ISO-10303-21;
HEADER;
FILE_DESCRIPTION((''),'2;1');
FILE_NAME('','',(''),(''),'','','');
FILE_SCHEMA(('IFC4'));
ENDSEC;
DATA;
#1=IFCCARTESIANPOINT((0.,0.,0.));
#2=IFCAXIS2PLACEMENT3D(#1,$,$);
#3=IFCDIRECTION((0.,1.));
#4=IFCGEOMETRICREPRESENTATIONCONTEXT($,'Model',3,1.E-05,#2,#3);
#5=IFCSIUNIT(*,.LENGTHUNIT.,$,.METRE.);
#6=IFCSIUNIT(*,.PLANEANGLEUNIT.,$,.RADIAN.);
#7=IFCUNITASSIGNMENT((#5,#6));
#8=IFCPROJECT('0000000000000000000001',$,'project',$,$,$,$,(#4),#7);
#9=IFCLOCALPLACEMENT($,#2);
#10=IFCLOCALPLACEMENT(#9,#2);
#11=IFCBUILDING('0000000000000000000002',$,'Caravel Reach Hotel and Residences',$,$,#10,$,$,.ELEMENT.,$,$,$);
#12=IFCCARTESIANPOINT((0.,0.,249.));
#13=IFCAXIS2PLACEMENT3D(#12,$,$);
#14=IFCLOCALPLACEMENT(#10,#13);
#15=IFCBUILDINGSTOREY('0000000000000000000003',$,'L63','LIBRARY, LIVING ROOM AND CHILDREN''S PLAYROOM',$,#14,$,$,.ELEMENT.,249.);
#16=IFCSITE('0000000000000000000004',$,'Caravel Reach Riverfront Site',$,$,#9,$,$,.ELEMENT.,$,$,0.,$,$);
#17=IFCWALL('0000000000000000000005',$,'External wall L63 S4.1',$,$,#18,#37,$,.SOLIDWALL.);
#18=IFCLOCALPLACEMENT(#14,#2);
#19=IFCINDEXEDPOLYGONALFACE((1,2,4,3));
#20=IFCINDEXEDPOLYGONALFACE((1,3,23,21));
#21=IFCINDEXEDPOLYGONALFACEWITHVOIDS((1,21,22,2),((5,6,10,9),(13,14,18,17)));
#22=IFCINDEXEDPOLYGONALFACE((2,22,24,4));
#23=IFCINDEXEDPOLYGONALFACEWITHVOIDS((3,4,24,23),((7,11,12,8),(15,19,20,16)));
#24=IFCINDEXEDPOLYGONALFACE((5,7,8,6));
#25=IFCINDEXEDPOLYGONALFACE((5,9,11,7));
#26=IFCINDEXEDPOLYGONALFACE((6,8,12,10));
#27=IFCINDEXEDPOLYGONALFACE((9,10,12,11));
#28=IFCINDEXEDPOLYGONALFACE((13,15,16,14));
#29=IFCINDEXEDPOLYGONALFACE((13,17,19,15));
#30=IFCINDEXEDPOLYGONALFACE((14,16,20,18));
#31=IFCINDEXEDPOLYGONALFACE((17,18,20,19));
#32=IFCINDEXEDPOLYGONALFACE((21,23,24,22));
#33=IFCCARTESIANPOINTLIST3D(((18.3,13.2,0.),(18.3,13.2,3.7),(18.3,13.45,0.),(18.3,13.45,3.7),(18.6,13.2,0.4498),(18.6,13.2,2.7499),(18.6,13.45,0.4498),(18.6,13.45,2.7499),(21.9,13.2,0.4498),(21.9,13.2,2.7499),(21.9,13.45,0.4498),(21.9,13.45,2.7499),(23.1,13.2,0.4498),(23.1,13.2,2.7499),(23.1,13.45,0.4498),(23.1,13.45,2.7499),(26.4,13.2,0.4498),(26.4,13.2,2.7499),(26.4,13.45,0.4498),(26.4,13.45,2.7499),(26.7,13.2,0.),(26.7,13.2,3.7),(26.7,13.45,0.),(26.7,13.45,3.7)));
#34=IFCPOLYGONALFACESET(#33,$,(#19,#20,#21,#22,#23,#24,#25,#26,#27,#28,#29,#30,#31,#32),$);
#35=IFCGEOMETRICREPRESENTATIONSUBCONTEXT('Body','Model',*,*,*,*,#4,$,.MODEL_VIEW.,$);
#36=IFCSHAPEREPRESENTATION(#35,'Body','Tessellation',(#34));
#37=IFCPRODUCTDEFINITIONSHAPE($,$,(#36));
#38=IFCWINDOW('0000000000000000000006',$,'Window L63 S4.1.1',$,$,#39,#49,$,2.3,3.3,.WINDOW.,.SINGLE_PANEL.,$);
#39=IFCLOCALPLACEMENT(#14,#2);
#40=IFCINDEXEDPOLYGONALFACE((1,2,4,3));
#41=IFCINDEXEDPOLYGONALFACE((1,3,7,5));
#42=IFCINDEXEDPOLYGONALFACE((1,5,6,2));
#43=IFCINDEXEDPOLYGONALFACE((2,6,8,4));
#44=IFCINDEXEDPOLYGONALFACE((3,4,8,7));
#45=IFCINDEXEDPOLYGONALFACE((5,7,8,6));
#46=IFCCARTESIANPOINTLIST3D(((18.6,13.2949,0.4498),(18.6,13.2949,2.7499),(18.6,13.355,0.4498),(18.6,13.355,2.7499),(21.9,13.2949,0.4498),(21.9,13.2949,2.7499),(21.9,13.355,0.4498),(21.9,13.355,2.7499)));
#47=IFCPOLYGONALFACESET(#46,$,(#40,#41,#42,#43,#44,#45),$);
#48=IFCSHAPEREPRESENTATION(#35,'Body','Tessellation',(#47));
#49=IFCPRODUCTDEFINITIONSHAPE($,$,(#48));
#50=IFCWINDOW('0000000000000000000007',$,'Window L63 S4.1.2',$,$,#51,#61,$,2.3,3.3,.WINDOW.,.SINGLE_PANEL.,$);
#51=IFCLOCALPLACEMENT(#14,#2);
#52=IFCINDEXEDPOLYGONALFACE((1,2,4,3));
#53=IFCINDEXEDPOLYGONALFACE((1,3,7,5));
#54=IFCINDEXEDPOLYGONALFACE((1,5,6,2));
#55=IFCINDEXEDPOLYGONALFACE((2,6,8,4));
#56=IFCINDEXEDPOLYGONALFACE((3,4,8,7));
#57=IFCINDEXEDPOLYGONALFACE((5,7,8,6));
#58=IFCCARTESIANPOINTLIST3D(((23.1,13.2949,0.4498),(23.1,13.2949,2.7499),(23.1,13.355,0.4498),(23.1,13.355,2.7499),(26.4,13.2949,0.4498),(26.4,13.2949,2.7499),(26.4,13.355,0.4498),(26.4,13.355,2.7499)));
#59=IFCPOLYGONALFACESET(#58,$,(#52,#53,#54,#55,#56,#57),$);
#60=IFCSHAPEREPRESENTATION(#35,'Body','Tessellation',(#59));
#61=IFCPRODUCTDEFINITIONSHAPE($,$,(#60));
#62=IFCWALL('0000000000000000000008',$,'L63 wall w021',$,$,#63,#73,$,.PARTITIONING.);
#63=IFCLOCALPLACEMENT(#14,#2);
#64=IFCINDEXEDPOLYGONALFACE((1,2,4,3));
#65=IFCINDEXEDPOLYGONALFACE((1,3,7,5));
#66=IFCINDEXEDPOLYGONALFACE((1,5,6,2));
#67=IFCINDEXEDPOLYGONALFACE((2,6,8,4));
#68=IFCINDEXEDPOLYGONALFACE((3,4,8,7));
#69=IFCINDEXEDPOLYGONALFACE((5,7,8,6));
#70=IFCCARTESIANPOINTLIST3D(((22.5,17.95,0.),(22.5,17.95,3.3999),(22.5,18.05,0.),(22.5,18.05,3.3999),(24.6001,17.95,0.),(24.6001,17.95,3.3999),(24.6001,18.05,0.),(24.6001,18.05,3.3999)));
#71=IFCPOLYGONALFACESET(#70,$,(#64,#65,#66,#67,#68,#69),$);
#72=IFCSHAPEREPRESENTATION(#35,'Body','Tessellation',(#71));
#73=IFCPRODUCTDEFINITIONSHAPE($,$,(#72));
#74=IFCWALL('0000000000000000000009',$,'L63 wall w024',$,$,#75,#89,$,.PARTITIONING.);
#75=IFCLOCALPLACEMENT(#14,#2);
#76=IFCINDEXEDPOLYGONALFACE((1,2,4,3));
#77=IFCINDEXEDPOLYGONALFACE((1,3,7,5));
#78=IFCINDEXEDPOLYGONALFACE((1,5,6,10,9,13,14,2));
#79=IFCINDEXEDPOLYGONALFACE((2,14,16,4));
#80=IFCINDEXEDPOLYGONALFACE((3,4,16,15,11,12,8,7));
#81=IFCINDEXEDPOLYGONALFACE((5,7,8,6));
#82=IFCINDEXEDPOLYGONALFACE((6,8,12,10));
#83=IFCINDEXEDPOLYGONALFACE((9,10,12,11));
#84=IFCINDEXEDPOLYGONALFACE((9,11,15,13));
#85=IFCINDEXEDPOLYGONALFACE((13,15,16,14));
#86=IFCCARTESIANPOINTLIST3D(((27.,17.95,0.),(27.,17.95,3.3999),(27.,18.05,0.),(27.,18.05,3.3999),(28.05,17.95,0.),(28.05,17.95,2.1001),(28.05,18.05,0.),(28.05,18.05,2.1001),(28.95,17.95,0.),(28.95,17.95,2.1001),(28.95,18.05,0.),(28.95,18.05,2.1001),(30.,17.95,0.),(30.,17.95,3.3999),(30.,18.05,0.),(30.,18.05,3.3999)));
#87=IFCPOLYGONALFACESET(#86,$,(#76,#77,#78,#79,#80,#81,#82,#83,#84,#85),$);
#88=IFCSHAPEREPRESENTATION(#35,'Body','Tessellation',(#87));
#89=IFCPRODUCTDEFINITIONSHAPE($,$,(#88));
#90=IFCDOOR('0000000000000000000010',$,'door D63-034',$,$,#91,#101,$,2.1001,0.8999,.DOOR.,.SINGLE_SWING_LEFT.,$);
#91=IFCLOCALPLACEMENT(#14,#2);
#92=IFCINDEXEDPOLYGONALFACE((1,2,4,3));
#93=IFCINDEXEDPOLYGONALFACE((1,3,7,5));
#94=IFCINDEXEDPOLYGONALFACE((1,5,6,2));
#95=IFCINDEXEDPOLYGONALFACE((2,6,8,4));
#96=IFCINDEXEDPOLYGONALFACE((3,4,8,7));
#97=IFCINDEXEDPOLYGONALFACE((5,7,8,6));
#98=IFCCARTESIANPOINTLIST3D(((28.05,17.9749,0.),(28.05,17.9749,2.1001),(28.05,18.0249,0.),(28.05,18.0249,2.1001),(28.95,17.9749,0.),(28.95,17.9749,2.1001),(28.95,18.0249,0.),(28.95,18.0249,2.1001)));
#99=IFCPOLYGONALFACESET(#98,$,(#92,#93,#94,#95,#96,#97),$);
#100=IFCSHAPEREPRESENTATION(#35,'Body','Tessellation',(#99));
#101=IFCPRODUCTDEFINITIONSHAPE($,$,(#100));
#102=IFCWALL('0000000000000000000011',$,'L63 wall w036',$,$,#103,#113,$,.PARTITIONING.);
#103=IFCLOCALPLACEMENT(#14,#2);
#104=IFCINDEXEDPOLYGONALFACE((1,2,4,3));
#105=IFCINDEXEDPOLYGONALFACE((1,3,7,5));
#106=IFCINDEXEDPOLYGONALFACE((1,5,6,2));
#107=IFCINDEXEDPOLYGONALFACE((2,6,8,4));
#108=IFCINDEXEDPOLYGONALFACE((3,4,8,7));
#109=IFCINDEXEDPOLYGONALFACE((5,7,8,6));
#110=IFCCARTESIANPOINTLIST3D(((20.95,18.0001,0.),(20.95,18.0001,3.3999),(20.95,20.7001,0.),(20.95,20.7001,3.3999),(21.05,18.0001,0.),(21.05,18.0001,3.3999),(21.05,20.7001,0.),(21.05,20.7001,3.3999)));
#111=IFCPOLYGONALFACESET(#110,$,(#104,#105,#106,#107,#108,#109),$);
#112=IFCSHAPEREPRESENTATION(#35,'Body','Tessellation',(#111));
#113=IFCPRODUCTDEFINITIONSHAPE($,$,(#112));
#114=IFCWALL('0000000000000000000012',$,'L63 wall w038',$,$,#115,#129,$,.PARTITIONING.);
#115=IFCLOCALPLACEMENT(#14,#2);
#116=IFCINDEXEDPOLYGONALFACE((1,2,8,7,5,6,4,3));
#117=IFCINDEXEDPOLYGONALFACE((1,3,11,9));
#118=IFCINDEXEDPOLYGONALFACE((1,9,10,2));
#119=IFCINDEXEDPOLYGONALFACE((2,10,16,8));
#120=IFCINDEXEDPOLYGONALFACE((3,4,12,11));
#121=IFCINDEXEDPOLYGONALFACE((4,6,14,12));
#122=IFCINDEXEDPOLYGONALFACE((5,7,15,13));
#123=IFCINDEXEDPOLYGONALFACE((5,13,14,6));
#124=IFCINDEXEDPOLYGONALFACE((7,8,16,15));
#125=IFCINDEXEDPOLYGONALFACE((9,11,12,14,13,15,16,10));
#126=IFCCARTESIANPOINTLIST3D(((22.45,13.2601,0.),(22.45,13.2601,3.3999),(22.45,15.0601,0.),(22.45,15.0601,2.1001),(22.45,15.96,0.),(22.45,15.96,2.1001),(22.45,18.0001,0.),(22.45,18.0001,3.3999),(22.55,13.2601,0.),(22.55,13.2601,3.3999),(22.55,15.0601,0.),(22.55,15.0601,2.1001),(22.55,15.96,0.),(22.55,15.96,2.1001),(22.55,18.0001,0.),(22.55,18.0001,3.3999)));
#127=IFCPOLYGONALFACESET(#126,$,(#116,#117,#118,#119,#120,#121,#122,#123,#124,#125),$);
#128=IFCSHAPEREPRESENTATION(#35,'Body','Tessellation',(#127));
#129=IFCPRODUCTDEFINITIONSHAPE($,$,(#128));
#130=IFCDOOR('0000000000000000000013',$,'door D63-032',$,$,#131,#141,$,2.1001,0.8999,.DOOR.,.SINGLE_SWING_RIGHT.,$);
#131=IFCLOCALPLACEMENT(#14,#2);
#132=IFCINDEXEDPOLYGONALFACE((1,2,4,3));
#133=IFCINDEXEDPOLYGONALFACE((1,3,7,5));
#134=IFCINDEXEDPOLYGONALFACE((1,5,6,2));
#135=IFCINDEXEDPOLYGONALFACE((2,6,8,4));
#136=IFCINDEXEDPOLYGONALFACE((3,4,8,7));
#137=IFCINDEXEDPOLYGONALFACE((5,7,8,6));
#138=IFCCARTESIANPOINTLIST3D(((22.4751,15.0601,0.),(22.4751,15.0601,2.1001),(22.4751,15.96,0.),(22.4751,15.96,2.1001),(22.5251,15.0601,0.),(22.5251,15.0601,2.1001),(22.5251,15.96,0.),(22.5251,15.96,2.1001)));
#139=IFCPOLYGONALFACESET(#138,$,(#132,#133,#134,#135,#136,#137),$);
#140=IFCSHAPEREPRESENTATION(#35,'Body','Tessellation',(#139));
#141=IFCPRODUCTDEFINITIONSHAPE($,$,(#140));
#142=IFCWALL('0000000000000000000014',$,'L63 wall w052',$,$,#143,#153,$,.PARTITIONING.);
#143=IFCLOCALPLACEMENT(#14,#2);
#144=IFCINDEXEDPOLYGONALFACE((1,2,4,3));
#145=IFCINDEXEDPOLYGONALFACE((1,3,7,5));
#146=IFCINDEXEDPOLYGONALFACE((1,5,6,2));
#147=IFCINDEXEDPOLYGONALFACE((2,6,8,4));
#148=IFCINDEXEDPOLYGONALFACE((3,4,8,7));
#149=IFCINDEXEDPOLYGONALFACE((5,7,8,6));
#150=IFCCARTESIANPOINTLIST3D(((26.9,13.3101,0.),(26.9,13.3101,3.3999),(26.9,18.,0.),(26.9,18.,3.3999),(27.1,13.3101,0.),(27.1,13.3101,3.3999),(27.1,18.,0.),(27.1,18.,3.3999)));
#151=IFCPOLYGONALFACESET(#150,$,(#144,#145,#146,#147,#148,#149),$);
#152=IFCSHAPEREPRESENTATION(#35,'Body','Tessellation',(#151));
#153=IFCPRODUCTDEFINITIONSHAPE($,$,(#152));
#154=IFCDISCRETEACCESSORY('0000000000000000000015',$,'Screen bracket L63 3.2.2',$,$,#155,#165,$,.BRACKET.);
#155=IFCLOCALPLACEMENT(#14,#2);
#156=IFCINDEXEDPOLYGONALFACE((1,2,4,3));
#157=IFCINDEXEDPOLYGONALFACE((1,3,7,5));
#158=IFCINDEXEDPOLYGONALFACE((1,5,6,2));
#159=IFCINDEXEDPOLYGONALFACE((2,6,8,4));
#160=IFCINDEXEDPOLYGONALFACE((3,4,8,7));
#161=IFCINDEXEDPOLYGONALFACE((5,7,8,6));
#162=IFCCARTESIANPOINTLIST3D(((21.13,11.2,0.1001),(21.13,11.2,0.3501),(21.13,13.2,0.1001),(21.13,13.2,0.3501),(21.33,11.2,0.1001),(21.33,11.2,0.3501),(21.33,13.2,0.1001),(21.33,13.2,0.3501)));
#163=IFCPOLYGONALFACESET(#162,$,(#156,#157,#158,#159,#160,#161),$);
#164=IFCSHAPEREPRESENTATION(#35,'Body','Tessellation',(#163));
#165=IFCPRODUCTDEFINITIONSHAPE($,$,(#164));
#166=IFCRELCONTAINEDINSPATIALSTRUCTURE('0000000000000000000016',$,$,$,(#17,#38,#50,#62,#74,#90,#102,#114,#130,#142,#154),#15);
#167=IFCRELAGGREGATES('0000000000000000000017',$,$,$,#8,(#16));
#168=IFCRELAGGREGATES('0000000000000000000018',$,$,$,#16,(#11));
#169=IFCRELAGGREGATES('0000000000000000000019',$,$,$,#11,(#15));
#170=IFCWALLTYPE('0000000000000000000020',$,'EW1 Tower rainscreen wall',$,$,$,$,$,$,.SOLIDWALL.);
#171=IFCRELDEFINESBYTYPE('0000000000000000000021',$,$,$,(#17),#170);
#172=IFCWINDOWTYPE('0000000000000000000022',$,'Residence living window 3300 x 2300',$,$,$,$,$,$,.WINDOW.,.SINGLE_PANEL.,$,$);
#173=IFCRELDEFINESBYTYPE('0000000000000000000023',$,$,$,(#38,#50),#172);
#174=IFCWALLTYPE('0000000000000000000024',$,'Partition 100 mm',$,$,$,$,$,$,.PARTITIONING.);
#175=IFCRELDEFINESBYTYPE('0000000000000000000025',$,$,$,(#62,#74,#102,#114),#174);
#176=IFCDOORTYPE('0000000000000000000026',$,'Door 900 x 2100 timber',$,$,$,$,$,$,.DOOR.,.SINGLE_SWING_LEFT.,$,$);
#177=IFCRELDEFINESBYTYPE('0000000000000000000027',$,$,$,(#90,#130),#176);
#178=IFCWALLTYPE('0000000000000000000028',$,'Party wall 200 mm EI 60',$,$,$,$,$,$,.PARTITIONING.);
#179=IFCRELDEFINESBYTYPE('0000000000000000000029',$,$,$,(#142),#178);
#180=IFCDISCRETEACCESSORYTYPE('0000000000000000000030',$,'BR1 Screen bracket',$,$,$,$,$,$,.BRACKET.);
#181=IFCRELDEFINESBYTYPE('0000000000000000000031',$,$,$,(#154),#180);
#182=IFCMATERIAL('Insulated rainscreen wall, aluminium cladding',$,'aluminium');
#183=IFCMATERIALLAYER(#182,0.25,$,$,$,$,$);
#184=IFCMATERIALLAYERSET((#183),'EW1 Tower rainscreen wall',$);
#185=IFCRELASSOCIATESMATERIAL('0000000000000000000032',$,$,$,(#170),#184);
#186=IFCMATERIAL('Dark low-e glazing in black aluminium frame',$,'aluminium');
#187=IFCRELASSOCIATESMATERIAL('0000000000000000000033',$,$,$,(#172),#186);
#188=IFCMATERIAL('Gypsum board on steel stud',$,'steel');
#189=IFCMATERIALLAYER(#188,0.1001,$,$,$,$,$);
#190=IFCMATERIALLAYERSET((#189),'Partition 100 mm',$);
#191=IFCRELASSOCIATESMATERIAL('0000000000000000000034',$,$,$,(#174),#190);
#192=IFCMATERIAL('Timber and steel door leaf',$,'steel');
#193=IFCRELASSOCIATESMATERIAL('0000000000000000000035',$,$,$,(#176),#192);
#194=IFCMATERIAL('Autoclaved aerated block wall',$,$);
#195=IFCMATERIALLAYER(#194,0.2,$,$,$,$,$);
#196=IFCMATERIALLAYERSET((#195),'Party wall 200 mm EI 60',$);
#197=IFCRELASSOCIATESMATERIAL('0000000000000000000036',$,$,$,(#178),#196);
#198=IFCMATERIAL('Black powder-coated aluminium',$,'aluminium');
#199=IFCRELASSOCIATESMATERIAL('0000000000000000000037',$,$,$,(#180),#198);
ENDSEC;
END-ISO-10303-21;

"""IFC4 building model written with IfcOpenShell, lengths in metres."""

from ifc_helpers import new_model, si_unit, direction, frame, frame_2d, origin, origin_2d, place, context, subcontext, project, spatial, rectangle, extrude, material, layer, layer_set, type_object, element, fill, save


model = new_model("IFC4")

# Units and contexts
model_context = context("Model", 3, precision=1e-05, world=origin(), true_north=direction((0.0, 1.0)))
body_context = subcontext(model_context, "Body", "Model", "MODEL_VIEW")
ifc_project = project(units=[si_unit("LENGTHUNIT", "METRE"), si_unit("PLANEANGLEUNIT", "RADIAN")], contexts=[model_context])

# Site, building, storey
site_placement = place(None, origin())
site = spatial("IfcSite", under=ifc_project, at=site_placement, Name="Caravel Reach Riverfront Site", CompositionType="ELEMENT", RefElevation=0.0)
building_placement = place(site_placement, origin())
building = spatial("IfcBuilding", under=site, at=building_placement, Name="Caravel Reach Hotel and Residences", CompositionType="ELEMENT")
storey_placement = place(building_placement, frame((0.0, 0.0, 249.0)))
storey = spatial("IfcBuildingStorey", under=building, at=storey_placement, Name="L63", Description="LIBRARY, LIVING ROOM AND CHILDREN'S PLAYROOM", CompositionType="ELEMENT", Elevation=249.0)

# Wall, openings, windows
ifc_material_1 = material(Name="Insulated rainscreen wall, aluminium cladding", Category="aluminium")
ifc_layer_1 = layer(ifc_material_1, 0.25)
ifc_layer_set_1 = layer_set([ifc_layer_1], Name="EW1 Tower rainscreen wall")
wall_type_1 = type_object("IfcWallType", Name="EW1 Tower rainscreen wall", PredefinedType="SOLIDWALL", material=ifc_layer_set_1)
wall_1_placement = place(storey_placement, frame((18.3, 13.325, 0.0), z_axis=(0.0, 0.0, 1.0), x_axis=(1.0, 0.0, 0.0)))
wall_1 = element("IfcWall", 1, at=wall_1_placement, inside=storey, type_object=wall_type_1, Name="External wall L63 S4.1", PredefinedType="SOLIDWALL", context=body_context, shape_type="SweptSolid", body=[
    extrude(rectangle(XDim=8.3999, YDim=0.25, at=frame_2d((4.2, 0.0))), origin(), (0.0, 0.0, 1.0), 3.7),
])
opening_1_placement = place(wall_1_placement, frame((0.3, 0.0, 0.45)))
opening_1 = element("IfcOpeningElement", 2, at=opening_1_placement, cuts=wall_1, PredefinedType="OPENING", context=body_context, shape_type="SweptSolid", body=[
    extrude(rectangle(XDim=3.3, YDim=2.3, at=frame_2d((1.6499, 1.1499))), frame((0.0, 0.135, 0.0), z_axis=(0.0, -1.0, 0.0), x_axis=(1.0, 0.0, 0.0)), (0.0, 0.0, 1.0), 0.27),
])
opening_2_placement = place(wall_1_placement, frame((4.8, 0.0, 0.45)))
opening_2 = element("IfcOpeningElement", 3, at=opening_2_placement, cuts=wall_1, PredefinedType="OPENING", context=body_context, shape_type="SweptSolid", body=[
    extrude(rectangle(XDim=3.3, YDim=2.3, at=frame_2d((1.6499, 1.1499))), frame((0.0, 0.135, 0.0), z_axis=(0.0, -1.0, 0.0), x_axis=(1.0, 0.0, 0.0)), (0.0, 0.0, 1.0), 0.27),
])
ifc_material_2 = material(Name="Dark low-e glazing in black aluminium frame", Category="aluminium")
window_type = type_object("IfcWindowType", Name="Residence living window 3300 x 2300", PartitioningType="SINGLE_PANEL", PredefinedType="WINDOW", material=ifc_material_2)
window_1_placement = place(opening_1_placement, origin())
window_1 = element("IfcWindow", 4, at=window_1_placement, inside=storey, type_object=window_type, Name="Window L63 S4.1.1", OverallHeight=2.3, OverallWidth=3.3, PartitioningType="SINGLE_PANEL", PredefinedType="WINDOW", context=body_context, shape_type="SweptSolid", body=[
    extrude(rectangle(XDim=3.3, YDim=2.3, at=frame_2d((1.6499, 1.1499))), frame((0.0, 0.03, 0.0), z_axis=(0.0, -1.0, 0.0), x_axis=(1.0, 0.0, 0.0)), (0.0, 0.0, 1.0), 0.0601),
])
fill(opening_1, window_1)
window_2_placement = place(opening_2_placement, origin())
window_2 = element("IfcWindow", 5, at=window_2_placement, inside=storey, type_object=window_type, Name="Window L63 S4.1.2", OverallHeight=2.3, OverallWidth=3.3, PartitioningType="SINGLE_PANEL", PredefinedType="WINDOW", context=body_context, shape_type="SweptSolid", body=[
    extrude(rectangle(XDim=3.3, YDim=2.3, at=frame_2d((1.6499, 1.1499))), frame((0.0, 0.03, 0.0), z_axis=(0.0, -1.0, 0.0), x_axis=(1.0, 0.0, 0.0)), (0.0, 0.0, 1.0), 0.0601),
])
fill(opening_2, window_2)

# Wall
ifc_material_3 = material(Name="Gypsum board on steel stud", Category="steel")
ifc_layer_2 = layer(ifc_material_3, 0.1001)
ifc_layer_set_2 = layer_set([ifc_layer_2], Name="Partition 100 mm")
wall_type_2 = type_object("IfcWallType", Name="Partition 100 mm", PredefinedType="PARTITIONING", material=ifc_layer_set_2)
wall_2_placement = place(storey_placement, frame((22.5, 18.0, 0.0), z_axis=(0.0, 0.0, 1.0), x_axis=(1.0, 0.0, 0.0)))
element("IfcWall", 6, at=wall_2_placement, inside=storey, type_object=wall_type_2, Name="L63 wall w021", PredefinedType="PARTITIONING", context=body_context, shape_type="SweptSolid", body=[
    extrude(rectangle(XDim=2.1001, YDim=0.1001, at=frame_2d((1.05, 0.0))), origin(), (0.0, 0.0, 1.0), 3.3999),
])

# Wall, opening, door
wall_3_placement = place(storey_placement, frame((27.0, 18.0, 0.0), z_axis=(0.0, 0.0, 1.0), x_axis=(1.0, 0.0, 0.0)))
wall_3 = element("IfcWall", 7, at=wall_3_placement, inside=storey, type_object=wall_type_2, Name="L63 wall w024", PredefinedType="PARTITIONING", context=body_context, shape_type="SweptSolid", body=[
    extrude(rectangle(XDim=3.0, YDim=0.1001, at=frame_2d((1.5, 0.0))), origin(), (0.0, 0.0, 1.0), 3.3999),
])
opening_3_placement = place(wall_3_placement, frame((1.05, 0.0, 0.0)))
opening_3 = element("IfcOpeningElement", 8, at=opening_3_placement, cuts=wall_3, PredefinedType="OPENING", context=body_context, shape_type="SweptSolid", body=[
    extrude(rectangle(XDim=0.8999, YDim=2.1001, at=frame_2d((0.45, 1.05))), frame((0.0, 0.0601, 0.0), z_axis=(0.0, -1.0, 0.0), x_axis=(1.0, 0.0, 0.0)), (0.0, 0.0, 1.0), 0.1201),
])
ifc_material_4 = material(Name="Timber and steel door leaf", Category="steel")
door_type_1 = type_object("IfcDoorType", Name="Door 900 x 2100 timber", OperationType="SINGLE_SWING_LEFT", PredefinedType="DOOR", material=ifc_material_4)
door_1_placement = place(opening_3_placement, origin())
door_1 = element("IfcDoor", 9, at=door_1_placement, inside=storey, type_object=door_type_1, Name="door D63-034", OperationType="SINGLE_SWING_LEFT", OverallHeight=2.1001, OverallWidth=0.8999, PredefinedType="DOOR", context=body_context, shape_type="SweptSolid", body=[
    extrude(rectangle(XDim=0.8999, YDim=2.1001, at=frame_2d((0.45, 1.05))), frame((0.0, 0.0249, 0.0), z_axis=(0.0, -1.0, 0.0), x_axis=(1.0, 0.0, 0.0)), (0.0, 0.0, 1.0), 0.05),
])
fill(opening_3, door_1)

# Wall
wall_4_placement = place(storey_placement, frame((21.0, 18.0, 0.0), z_axis=(0.0, 0.0, 1.0), x_axis=(0.0, 1.0, 0.0)))
element("IfcWall", 10, at=wall_4_placement, inside=storey, type_object=wall_type_2, Name="L63 wall w036", PredefinedType="PARTITIONING", context=body_context, shape_type="SweptSolid", body=[
    extrude(rectangle(XDim=2.7, YDim=0.1001, at=frame_2d((1.3501, 0.0))), origin(), (0.0, 0.0, 1.0), 3.3999),
])

# Wall, opening, door
wall_5_placement = place(storey_placement, frame((22.5, 13.26, 0.0), z_axis=(0.0, 0.0, 1.0), x_axis=(0.0, 1.0, 0.0)))
wall_5 = element("IfcWall", 11, at=wall_5_placement, inside=storey, type_object=wall_type_2, Name="L63 wall w038", PredefinedType="PARTITIONING", context=body_context, shape_type="SweptSolid", body=[
    extrude(rectangle(XDim=4.74, YDim=0.1001, at=frame_2d((2.3701, 0.0))), origin(), (0.0, 0.0, 1.0), 3.3999),
])
opening_4_placement = place(wall_5_placement, frame((1.8, 0.0, 0.0)))
opening_4 = element("IfcOpeningElement", 12, at=opening_4_placement, cuts=wall_5, PredefinedType="OPENING", context=body_context, shape_type="SweptSolid", body=[
    extrude(rectangle(XDim=0.8999, YDim=2.1001, at=frame_2d((0.45, 1.05))), frame((0.0, 0.0601, 0.0), z_axis=(0.0, -1.0, 0.0), x_axis=(1.0, 0.0, 0.0)), (0.0, 0.0, 1.0), 0.1201),
])
door_2_placement = place(opening_4_placement, origin())
door_2 = element("IfcDoor", 13, at=door_2_placement, inside=storey, type_object=door_type_1, Name="door D63-032", OperationType="SINGLE_SWING_RIGHT", OverallHeight=2.1001, OverallWidth=0.8999, PredefinedType="DOOR", context=body_context, shape_type="SweptSolid", body=[
    extrude(rectangle(XDim=0.8999, YDim=2.1001, at=frame_2d((0.45, 1.05))), frame((0.0, 0.0249, 0.0), z_axis=(0.0, -1.0, 0.0), x_axis=(1.0, 0.0, 0.0)), (0.0, 0.0, 1.0), 0.05),
])
fill(opening_4, door_2)

# Wall
ifc_material_5 = material(Name="Autoclaved aerated block wall")
ifc_layer_3 = layer(ifc_material_5, 0.2)
ifc_layer_set_3 = layer_set([ifc_layer_3], Name="Party wall 200 mm EI 60")
wall_type_3 = type_object("IfcWallType", Name="Party wall 200 mm EI 60", PredefinedType="PARTITIONING", material=ifc_layer_set_3)
wall_6_placement = place(storey_placement, frame((27.0, 13.3101, 0.0), z_axis=(0.0, 0.0, 1.0), x_axis=(0.0, 1.0, 0.0)))
element("IfcWall", 14, at=wall_6_placement, inside=storey, type_object=wall_type_3, Name="L63 wall w052", PredefinedType="PARTITIONING", context=body_context, shape_type="SweptSolid", body=[
    extrude(rectangle(XDim=4.6899, YDim=0.2, at=frame_2d((2.345, 0.0))), origin(), (0.0, 0.0, 1.0), 3.3999),
])

# Discrete accessory
ifc_material_6 = material(Name="Black powder-coated aluminium", Category="aluminium")
discrete_accessory_type = type_object("IfcDiscreteAccessoryType", Name="BR1 Screen bracket", PredefinedType="BRACKET", material=ifc_material_6)
for number, where, z_axis, x_axis, name in (
    (15, (21.23, 12.2, 0.1001), (0.0, 0.0, 1.0), (0.0, -1.0, 0.0), "Screen bracket L63 3.2.2"),
):
    element("IfcDiscreteAccessory", number, at=place(storey_placement, frame(where, z_axis=z_axis, x_axis=x_axis)), inside=storey, type_object=discrete_accessory_type, Name=name, PredefinedType="BRACKET", context=body_context, shape_type="SweptSolid", body=[
        extrude(rectangle(XDim=2.0, YDim=0.2, at=origin_2d()), origin(), (0.0, 0.0, 1.0), 0.25),
    ])

save(model, "model.ifc")
